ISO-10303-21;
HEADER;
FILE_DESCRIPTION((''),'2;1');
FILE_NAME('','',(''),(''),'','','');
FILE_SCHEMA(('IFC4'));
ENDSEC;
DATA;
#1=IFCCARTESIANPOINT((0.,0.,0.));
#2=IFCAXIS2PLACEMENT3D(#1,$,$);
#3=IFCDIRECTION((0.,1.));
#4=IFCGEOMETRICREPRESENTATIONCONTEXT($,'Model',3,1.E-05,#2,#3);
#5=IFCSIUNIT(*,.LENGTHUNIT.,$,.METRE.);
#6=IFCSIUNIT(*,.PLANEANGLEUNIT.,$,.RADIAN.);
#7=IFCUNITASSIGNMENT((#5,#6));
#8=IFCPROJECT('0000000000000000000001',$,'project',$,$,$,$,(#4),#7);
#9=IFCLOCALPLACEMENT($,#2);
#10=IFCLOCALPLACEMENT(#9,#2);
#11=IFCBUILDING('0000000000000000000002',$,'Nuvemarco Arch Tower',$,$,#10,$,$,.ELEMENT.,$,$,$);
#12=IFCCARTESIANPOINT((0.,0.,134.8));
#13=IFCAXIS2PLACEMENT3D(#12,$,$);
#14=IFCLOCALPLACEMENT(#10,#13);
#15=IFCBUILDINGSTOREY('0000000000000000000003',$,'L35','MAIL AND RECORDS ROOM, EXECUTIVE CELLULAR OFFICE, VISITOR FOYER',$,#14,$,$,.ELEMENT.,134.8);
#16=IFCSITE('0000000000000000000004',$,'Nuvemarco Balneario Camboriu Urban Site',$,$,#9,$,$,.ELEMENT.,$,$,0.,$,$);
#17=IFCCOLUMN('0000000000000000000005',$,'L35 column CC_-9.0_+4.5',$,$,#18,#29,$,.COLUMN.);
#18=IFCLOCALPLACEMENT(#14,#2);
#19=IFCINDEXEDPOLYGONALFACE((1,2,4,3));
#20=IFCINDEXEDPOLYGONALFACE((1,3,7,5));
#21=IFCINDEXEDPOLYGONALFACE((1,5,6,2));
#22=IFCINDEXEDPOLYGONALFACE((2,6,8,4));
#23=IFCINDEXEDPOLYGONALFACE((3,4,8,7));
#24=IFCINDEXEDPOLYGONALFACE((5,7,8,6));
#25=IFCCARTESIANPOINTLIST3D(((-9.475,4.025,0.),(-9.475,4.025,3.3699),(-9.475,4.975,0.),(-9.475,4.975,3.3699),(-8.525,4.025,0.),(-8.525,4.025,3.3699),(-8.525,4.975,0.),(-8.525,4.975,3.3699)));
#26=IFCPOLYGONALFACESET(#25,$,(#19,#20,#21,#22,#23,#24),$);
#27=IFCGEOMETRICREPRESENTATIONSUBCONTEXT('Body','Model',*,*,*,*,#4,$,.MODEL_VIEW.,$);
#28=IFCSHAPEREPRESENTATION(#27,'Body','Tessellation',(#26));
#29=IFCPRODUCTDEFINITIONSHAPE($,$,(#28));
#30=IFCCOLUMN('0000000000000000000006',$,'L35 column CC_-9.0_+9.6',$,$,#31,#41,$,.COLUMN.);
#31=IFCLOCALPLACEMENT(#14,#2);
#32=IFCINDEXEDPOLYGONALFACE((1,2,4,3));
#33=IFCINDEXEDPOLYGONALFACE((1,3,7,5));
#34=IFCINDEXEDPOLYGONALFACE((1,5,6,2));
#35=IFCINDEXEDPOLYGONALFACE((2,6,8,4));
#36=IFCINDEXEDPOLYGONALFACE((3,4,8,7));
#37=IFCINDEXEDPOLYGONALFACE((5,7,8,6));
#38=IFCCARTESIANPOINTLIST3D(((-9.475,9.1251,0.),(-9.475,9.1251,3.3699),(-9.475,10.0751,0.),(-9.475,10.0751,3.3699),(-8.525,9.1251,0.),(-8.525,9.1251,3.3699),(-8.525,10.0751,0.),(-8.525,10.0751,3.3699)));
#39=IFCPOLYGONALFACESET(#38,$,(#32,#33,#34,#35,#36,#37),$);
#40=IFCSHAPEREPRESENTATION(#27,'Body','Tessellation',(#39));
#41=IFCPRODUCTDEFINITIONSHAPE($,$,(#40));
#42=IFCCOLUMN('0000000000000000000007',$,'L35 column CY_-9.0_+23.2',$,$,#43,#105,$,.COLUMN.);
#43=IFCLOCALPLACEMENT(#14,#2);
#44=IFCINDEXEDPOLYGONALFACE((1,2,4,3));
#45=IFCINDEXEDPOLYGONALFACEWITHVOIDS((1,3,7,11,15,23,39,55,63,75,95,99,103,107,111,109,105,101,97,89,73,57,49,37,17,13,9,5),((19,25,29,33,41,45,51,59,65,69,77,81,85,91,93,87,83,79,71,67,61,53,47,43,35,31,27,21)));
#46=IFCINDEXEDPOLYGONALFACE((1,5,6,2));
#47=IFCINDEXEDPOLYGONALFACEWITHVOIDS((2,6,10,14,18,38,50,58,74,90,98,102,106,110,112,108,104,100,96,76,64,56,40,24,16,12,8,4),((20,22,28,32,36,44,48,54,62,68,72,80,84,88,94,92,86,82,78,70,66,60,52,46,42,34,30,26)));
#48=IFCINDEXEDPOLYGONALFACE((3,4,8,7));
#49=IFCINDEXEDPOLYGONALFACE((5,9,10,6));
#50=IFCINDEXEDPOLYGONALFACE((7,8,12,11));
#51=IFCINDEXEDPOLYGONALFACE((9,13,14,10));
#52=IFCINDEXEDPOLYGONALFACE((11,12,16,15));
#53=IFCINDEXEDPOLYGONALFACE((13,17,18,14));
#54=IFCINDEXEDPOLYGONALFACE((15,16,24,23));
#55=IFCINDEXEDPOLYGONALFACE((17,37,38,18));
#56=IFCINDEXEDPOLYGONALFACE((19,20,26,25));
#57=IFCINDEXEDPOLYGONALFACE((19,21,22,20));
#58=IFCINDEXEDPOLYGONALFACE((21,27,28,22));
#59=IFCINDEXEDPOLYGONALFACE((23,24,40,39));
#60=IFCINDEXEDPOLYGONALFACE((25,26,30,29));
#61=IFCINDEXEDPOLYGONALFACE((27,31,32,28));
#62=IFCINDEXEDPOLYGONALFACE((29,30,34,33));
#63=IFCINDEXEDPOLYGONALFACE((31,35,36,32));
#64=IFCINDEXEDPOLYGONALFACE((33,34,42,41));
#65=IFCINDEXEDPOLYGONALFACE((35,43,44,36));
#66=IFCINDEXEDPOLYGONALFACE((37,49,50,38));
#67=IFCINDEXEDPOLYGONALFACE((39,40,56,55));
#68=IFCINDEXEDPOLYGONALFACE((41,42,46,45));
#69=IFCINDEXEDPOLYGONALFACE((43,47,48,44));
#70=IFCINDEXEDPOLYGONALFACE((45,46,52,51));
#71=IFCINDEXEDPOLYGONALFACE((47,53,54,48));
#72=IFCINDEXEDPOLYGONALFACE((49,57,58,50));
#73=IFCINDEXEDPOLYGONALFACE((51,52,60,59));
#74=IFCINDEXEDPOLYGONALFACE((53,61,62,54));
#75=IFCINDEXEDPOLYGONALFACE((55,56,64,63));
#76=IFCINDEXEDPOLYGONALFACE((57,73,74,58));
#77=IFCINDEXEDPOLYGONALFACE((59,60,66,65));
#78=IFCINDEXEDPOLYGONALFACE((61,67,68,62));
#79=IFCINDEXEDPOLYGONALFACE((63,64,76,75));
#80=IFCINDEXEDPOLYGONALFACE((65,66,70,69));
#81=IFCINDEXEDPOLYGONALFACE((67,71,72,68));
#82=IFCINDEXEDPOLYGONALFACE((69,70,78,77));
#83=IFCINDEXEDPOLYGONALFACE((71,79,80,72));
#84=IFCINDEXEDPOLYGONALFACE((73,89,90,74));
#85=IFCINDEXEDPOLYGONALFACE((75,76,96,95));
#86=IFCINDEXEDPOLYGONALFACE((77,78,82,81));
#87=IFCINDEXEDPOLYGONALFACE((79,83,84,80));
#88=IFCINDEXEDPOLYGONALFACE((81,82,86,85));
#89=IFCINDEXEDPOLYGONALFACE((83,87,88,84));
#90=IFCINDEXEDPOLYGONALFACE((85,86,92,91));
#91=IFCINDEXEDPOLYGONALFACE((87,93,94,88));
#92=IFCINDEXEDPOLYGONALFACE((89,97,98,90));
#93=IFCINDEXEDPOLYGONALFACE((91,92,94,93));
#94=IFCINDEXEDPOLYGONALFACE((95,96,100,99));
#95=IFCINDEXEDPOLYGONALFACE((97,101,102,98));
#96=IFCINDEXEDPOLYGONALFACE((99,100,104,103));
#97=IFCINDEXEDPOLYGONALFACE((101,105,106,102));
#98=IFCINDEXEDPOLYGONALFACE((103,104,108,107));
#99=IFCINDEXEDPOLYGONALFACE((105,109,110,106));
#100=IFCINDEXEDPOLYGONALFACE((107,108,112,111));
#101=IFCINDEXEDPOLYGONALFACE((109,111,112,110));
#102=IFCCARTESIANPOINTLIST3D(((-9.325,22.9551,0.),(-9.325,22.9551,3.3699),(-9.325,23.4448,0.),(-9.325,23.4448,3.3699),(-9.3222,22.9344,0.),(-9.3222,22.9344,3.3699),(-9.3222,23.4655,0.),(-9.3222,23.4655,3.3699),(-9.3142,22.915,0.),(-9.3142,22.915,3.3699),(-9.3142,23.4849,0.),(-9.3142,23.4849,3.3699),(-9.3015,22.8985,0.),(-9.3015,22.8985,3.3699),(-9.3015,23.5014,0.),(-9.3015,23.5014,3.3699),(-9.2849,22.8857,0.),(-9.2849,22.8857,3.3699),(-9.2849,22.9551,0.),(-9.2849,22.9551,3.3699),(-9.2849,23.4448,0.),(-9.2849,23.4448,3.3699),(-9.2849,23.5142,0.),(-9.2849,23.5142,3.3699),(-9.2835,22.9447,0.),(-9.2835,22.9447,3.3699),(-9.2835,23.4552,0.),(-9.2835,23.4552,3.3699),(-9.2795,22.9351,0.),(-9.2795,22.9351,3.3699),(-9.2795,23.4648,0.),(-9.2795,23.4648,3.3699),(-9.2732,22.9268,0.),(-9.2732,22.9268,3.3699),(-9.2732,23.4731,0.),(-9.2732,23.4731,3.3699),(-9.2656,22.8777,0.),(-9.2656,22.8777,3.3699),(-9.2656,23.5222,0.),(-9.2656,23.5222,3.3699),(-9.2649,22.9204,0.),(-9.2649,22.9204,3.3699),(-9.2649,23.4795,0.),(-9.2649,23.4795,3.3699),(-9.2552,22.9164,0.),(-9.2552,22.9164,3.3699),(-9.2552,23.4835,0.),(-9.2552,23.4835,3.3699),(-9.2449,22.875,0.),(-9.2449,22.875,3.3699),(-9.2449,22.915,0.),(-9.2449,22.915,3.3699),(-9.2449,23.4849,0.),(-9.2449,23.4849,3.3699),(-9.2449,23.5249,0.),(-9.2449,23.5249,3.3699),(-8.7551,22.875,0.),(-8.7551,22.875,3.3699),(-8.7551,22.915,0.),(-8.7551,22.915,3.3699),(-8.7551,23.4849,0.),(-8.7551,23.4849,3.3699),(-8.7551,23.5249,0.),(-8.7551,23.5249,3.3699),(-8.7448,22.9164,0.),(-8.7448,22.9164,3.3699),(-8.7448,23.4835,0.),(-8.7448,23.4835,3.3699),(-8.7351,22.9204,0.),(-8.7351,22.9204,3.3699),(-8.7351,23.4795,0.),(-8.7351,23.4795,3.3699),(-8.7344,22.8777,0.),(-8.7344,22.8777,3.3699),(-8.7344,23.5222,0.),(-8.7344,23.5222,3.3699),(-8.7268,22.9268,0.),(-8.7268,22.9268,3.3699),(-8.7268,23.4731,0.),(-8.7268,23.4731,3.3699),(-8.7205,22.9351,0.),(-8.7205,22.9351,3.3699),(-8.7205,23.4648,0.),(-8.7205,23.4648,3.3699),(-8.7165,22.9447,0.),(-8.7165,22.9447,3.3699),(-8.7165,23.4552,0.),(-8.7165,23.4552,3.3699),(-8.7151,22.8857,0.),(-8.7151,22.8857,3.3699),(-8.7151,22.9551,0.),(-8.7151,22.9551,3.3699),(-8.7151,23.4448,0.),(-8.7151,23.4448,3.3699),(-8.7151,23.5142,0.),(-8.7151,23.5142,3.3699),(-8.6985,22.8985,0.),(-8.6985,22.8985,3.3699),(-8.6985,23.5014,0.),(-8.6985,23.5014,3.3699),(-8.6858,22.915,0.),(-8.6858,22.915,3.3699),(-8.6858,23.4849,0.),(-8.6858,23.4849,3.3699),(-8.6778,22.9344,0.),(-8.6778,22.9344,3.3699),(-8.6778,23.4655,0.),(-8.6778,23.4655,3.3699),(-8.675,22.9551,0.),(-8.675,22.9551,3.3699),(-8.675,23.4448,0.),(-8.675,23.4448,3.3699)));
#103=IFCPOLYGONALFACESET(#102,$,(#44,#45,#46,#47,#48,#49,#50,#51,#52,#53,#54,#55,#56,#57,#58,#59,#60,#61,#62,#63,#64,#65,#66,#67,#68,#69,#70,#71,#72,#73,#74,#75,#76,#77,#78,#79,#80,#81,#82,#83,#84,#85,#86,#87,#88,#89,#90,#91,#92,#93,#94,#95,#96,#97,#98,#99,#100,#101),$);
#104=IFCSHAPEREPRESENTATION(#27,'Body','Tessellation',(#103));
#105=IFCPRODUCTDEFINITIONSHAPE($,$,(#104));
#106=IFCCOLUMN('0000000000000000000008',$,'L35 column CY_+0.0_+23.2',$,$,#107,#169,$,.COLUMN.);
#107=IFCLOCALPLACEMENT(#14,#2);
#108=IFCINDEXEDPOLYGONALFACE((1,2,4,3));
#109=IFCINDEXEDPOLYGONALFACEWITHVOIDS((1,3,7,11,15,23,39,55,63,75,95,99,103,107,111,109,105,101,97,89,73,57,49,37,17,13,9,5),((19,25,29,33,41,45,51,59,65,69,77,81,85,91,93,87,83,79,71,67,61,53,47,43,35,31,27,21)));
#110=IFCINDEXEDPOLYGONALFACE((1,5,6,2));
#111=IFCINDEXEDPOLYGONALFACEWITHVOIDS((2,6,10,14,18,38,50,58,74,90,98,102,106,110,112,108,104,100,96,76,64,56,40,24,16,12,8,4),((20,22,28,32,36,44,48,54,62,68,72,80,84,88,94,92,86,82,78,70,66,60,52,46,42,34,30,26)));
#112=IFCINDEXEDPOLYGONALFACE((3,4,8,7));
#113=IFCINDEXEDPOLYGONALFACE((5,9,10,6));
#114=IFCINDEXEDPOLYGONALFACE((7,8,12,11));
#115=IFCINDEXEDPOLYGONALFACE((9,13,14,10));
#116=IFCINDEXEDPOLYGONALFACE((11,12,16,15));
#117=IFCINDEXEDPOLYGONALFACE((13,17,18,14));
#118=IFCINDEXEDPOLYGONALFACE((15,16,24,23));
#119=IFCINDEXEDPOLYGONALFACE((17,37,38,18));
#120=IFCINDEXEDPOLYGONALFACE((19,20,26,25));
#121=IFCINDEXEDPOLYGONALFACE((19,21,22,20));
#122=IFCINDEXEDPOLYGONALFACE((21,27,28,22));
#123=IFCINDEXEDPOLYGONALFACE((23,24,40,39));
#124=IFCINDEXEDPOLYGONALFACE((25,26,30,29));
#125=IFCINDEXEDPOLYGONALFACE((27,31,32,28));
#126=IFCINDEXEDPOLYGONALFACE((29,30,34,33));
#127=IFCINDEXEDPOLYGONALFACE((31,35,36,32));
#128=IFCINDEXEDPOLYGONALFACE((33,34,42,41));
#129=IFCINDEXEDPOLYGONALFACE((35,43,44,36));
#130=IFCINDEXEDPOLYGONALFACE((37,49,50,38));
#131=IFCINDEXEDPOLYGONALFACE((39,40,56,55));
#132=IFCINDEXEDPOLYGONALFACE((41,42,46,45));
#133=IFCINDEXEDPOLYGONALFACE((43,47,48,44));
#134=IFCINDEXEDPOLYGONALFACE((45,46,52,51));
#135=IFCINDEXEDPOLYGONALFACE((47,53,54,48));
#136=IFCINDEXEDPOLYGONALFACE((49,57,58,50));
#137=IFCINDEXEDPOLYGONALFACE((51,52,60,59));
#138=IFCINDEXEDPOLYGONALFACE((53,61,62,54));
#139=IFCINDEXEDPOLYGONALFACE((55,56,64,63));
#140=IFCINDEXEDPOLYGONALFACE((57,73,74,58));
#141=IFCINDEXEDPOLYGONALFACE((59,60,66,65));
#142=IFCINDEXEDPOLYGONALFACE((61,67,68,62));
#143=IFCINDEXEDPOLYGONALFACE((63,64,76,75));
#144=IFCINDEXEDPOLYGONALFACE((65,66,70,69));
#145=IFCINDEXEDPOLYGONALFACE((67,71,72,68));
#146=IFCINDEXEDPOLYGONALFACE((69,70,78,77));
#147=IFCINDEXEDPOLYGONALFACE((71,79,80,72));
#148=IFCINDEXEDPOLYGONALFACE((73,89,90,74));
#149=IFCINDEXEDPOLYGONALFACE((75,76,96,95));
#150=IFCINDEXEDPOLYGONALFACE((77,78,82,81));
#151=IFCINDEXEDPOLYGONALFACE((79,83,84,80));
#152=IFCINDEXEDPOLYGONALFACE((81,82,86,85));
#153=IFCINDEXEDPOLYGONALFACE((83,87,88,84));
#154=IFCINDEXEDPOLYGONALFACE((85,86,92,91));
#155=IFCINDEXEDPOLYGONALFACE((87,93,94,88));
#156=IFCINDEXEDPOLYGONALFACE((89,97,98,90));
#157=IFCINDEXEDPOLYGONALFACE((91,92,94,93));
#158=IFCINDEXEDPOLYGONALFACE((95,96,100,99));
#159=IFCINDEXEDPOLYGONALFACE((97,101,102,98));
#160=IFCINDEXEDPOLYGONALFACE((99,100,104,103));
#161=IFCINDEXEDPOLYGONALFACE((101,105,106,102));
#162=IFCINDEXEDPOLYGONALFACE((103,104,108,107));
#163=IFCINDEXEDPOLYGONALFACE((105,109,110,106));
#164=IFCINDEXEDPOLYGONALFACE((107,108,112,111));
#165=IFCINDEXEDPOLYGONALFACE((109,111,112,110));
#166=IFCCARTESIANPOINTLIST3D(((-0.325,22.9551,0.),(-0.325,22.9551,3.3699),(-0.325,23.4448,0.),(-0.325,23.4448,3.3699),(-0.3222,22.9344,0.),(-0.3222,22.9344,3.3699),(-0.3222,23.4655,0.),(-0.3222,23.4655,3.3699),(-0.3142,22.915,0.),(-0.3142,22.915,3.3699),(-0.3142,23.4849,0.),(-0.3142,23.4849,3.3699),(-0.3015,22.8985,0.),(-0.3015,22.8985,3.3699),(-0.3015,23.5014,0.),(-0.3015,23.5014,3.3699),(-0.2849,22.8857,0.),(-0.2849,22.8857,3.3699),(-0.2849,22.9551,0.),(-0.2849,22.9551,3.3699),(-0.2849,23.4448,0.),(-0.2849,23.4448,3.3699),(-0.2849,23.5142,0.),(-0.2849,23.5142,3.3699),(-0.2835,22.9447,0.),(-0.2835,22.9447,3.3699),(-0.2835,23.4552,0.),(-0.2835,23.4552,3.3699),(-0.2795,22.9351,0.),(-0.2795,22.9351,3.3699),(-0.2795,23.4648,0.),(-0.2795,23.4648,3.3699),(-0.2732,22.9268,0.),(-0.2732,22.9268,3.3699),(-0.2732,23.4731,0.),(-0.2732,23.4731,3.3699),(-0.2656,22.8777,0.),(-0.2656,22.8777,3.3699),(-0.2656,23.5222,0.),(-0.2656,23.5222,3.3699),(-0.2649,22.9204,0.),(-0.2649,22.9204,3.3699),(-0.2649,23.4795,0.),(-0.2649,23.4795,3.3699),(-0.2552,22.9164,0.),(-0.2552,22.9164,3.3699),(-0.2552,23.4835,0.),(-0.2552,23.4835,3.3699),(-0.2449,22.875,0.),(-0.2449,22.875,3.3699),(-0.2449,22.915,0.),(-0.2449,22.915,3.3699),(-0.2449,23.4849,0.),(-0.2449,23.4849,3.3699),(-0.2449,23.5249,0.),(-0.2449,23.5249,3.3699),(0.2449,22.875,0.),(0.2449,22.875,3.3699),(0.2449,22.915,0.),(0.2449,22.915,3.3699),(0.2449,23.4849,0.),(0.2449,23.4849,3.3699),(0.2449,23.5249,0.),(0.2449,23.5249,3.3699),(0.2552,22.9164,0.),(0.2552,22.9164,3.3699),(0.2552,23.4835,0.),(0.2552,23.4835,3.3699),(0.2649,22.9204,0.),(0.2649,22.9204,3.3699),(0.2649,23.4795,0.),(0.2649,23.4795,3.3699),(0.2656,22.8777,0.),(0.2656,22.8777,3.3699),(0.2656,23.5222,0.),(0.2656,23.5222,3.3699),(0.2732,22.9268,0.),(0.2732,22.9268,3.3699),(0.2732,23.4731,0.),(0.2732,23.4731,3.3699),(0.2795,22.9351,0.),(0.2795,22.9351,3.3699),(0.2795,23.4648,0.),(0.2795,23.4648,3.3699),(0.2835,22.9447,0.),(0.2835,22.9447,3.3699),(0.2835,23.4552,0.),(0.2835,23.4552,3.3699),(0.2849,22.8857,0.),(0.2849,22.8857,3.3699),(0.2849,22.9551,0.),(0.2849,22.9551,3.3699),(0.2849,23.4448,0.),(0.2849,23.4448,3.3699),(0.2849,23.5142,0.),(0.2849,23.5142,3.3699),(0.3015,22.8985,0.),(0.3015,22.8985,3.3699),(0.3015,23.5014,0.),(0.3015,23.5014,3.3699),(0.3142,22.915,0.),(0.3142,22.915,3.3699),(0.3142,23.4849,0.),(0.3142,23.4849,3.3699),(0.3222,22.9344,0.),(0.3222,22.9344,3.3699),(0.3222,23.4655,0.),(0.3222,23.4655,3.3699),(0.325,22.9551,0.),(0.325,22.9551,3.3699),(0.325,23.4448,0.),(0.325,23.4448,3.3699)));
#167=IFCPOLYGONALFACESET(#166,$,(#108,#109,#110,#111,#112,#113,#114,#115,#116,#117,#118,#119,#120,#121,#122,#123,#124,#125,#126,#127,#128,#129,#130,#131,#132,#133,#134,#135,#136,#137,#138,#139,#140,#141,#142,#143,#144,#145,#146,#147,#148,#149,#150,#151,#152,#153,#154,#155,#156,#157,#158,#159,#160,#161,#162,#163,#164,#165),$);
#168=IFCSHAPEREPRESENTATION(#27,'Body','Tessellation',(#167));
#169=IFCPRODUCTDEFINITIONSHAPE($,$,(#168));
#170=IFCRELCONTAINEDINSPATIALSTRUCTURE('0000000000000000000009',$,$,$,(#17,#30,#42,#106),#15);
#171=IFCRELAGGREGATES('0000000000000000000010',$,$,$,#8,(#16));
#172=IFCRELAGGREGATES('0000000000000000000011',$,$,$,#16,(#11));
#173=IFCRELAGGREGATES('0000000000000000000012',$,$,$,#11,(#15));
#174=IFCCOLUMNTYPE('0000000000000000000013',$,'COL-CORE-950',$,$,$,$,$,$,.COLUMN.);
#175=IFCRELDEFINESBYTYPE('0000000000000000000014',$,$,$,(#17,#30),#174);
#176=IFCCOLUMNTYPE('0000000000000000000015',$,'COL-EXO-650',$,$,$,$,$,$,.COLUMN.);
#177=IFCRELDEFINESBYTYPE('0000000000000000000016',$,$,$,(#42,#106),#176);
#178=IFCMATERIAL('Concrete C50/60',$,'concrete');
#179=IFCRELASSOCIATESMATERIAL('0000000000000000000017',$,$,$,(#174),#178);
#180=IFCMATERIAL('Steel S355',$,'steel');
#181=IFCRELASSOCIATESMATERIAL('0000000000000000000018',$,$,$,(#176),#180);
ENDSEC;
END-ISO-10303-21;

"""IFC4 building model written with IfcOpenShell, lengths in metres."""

from ifc_helpers import new_model, si_unit, direction, frame, origin, origin_2d, place, context, subcontext, project, spatial, rectangle, hollow_rectangle, extrude, material, material_profile, profile_set, type_object, element, save


model = new_model("IFC4")

# Units and contexts
model_context = context("Model", 3, precision=1e-05, world=origin(), true_north=direction((0.0, 1.0)))
body_context = subcontext(model_context, "Body", "Model", "MODEL_VIEW")
ifc_project = project(units=[si_unit("LENGTHUNIT", "METRE"), si_unit("PLANEANGLEUNIT", "RADIAN")], contexts=[model_context])

# Site, building, storey
site_placement = place(None, origin())
site = spatial("IfcSite", under=ifc_project, at=site_placement, Name="Nuvemarco Balneario Camboriu Urban Site", CompositionType="ELEMENT", RefElevation=0.0)
building_placement = place(site_placement, origin())
building = spatial("IfcBuilding", under=site, at=building_placement, Name="Nuvemarco Arch Tower", CompositionType="ELEMENT")
storey_placement = place(building_placement, frame((0.0, 0.0, 134.8)))
storey = spatial("IfcBuildingStorey", under=building, at=storey_placement, Name="L35", Description="MAIL AND RECORDS ROOM, EXECUTIVE CELLULAR OFFICE, VISITOR FOYER", CompositionType="ELEMENT", Elevation=134.8)

# Columns
ifc_material_1 = material(Name="Concrete C50/60", Category="concrete")
ifc_material_profile_1 = material_profile(ifc_material_1, rectangle(XDim=0.95, YDim=0.95, at=origin_2d()), Name="RC-COL-950x950")
ifc_profile_set_1 = profile_set([ifc_material_profile_1], Name="Concrete C50/60")
column_type_1 = type_object("IfcColumnType", Name="COL-CORE-950", PredefinedType="COLUMN", material=ifc_profile_set_1)
for number, where, z_axis, x_axis, name in (
    (1, (-9.0, 4.5, 0.0), (0.0, 0.0, 1.0), (1.0, 0.0, 0.0), "L35 column CC_-9.0_+4.5"),
    (2, (-9.0, 9.6001, 0.0), (0.0, 0.0, 1.0), (1.0, 0.0, 0.0), "L35 column CC_-9.0_+9.6"),
):
    element("IfcColumn", number, at=place(storey_placement, frame(where, z_axis=z_axis, x_axis=x_axis)), inside=storey, type_object=column_type_1, Name=name, PredefinedType="COLUMN", context=body_context, shape_type="SweptSolid", body=[
        extrude(rectangle(XDim=0.95, YDim=0.95, at=origin_2d()), origin(), (0.0, 0.0, 1.0), 3.3699),
    ])
ifc_material_2 = material(Name="Steel S355", Category="steel")
ifc_material_profile_2 = material_profile(ifc_material_2, hollow_rectangle(XDim=0.6499, YDim=0.6499, WallThickness=0.04, InnerFilletRadius=0.04, OuterFilletRadius=0.0801, at=origin_2d()), Name="SHS650x650x40")
ifc_profile_set_2 = profile_set([ifc_material_profile_2], Name="Steel S355")
column_type_2 = type_object("IfcColumnType", Name="COL-EXO-650", PredefinedType="COLUMN", material=ifc_profile_set_2)
for number, where, z_axis, x_axis, name in (
    (3, (-9.0, 23.2, 0.0), (0.0, 0.0, 1.0), (1.0, 0.0, 0.0), "L35 column CY_-9.0_+23.2"),
    (4, (0.0, 23.2, 0.0), (0.0, 0.0, 1.0), (1.0, 0.0, 0.0), "L35 column CY_+0.0_+23.2"),
):
    element("IfcColumn", number, at=place(storey_placement, frame(where, z_axis=z_axis, x_axis=x_axis)), inside=storey, type_object=column_type_2, Name=name, PredefinedType="COLUMN", context=body_context, shape_type="SweptSolid", body=[
        extrude(hollow_rectangle(XDim=0.6499, YDim=0.6499, WallThickness=0.04, InnerFilletRadius=0.04, OuterFilletRadius=0.0801, at=origin_2d()), origin(), (0.0, 0.0, 1.0), 3.3699),
    ])

save(model, "model.ifc")
